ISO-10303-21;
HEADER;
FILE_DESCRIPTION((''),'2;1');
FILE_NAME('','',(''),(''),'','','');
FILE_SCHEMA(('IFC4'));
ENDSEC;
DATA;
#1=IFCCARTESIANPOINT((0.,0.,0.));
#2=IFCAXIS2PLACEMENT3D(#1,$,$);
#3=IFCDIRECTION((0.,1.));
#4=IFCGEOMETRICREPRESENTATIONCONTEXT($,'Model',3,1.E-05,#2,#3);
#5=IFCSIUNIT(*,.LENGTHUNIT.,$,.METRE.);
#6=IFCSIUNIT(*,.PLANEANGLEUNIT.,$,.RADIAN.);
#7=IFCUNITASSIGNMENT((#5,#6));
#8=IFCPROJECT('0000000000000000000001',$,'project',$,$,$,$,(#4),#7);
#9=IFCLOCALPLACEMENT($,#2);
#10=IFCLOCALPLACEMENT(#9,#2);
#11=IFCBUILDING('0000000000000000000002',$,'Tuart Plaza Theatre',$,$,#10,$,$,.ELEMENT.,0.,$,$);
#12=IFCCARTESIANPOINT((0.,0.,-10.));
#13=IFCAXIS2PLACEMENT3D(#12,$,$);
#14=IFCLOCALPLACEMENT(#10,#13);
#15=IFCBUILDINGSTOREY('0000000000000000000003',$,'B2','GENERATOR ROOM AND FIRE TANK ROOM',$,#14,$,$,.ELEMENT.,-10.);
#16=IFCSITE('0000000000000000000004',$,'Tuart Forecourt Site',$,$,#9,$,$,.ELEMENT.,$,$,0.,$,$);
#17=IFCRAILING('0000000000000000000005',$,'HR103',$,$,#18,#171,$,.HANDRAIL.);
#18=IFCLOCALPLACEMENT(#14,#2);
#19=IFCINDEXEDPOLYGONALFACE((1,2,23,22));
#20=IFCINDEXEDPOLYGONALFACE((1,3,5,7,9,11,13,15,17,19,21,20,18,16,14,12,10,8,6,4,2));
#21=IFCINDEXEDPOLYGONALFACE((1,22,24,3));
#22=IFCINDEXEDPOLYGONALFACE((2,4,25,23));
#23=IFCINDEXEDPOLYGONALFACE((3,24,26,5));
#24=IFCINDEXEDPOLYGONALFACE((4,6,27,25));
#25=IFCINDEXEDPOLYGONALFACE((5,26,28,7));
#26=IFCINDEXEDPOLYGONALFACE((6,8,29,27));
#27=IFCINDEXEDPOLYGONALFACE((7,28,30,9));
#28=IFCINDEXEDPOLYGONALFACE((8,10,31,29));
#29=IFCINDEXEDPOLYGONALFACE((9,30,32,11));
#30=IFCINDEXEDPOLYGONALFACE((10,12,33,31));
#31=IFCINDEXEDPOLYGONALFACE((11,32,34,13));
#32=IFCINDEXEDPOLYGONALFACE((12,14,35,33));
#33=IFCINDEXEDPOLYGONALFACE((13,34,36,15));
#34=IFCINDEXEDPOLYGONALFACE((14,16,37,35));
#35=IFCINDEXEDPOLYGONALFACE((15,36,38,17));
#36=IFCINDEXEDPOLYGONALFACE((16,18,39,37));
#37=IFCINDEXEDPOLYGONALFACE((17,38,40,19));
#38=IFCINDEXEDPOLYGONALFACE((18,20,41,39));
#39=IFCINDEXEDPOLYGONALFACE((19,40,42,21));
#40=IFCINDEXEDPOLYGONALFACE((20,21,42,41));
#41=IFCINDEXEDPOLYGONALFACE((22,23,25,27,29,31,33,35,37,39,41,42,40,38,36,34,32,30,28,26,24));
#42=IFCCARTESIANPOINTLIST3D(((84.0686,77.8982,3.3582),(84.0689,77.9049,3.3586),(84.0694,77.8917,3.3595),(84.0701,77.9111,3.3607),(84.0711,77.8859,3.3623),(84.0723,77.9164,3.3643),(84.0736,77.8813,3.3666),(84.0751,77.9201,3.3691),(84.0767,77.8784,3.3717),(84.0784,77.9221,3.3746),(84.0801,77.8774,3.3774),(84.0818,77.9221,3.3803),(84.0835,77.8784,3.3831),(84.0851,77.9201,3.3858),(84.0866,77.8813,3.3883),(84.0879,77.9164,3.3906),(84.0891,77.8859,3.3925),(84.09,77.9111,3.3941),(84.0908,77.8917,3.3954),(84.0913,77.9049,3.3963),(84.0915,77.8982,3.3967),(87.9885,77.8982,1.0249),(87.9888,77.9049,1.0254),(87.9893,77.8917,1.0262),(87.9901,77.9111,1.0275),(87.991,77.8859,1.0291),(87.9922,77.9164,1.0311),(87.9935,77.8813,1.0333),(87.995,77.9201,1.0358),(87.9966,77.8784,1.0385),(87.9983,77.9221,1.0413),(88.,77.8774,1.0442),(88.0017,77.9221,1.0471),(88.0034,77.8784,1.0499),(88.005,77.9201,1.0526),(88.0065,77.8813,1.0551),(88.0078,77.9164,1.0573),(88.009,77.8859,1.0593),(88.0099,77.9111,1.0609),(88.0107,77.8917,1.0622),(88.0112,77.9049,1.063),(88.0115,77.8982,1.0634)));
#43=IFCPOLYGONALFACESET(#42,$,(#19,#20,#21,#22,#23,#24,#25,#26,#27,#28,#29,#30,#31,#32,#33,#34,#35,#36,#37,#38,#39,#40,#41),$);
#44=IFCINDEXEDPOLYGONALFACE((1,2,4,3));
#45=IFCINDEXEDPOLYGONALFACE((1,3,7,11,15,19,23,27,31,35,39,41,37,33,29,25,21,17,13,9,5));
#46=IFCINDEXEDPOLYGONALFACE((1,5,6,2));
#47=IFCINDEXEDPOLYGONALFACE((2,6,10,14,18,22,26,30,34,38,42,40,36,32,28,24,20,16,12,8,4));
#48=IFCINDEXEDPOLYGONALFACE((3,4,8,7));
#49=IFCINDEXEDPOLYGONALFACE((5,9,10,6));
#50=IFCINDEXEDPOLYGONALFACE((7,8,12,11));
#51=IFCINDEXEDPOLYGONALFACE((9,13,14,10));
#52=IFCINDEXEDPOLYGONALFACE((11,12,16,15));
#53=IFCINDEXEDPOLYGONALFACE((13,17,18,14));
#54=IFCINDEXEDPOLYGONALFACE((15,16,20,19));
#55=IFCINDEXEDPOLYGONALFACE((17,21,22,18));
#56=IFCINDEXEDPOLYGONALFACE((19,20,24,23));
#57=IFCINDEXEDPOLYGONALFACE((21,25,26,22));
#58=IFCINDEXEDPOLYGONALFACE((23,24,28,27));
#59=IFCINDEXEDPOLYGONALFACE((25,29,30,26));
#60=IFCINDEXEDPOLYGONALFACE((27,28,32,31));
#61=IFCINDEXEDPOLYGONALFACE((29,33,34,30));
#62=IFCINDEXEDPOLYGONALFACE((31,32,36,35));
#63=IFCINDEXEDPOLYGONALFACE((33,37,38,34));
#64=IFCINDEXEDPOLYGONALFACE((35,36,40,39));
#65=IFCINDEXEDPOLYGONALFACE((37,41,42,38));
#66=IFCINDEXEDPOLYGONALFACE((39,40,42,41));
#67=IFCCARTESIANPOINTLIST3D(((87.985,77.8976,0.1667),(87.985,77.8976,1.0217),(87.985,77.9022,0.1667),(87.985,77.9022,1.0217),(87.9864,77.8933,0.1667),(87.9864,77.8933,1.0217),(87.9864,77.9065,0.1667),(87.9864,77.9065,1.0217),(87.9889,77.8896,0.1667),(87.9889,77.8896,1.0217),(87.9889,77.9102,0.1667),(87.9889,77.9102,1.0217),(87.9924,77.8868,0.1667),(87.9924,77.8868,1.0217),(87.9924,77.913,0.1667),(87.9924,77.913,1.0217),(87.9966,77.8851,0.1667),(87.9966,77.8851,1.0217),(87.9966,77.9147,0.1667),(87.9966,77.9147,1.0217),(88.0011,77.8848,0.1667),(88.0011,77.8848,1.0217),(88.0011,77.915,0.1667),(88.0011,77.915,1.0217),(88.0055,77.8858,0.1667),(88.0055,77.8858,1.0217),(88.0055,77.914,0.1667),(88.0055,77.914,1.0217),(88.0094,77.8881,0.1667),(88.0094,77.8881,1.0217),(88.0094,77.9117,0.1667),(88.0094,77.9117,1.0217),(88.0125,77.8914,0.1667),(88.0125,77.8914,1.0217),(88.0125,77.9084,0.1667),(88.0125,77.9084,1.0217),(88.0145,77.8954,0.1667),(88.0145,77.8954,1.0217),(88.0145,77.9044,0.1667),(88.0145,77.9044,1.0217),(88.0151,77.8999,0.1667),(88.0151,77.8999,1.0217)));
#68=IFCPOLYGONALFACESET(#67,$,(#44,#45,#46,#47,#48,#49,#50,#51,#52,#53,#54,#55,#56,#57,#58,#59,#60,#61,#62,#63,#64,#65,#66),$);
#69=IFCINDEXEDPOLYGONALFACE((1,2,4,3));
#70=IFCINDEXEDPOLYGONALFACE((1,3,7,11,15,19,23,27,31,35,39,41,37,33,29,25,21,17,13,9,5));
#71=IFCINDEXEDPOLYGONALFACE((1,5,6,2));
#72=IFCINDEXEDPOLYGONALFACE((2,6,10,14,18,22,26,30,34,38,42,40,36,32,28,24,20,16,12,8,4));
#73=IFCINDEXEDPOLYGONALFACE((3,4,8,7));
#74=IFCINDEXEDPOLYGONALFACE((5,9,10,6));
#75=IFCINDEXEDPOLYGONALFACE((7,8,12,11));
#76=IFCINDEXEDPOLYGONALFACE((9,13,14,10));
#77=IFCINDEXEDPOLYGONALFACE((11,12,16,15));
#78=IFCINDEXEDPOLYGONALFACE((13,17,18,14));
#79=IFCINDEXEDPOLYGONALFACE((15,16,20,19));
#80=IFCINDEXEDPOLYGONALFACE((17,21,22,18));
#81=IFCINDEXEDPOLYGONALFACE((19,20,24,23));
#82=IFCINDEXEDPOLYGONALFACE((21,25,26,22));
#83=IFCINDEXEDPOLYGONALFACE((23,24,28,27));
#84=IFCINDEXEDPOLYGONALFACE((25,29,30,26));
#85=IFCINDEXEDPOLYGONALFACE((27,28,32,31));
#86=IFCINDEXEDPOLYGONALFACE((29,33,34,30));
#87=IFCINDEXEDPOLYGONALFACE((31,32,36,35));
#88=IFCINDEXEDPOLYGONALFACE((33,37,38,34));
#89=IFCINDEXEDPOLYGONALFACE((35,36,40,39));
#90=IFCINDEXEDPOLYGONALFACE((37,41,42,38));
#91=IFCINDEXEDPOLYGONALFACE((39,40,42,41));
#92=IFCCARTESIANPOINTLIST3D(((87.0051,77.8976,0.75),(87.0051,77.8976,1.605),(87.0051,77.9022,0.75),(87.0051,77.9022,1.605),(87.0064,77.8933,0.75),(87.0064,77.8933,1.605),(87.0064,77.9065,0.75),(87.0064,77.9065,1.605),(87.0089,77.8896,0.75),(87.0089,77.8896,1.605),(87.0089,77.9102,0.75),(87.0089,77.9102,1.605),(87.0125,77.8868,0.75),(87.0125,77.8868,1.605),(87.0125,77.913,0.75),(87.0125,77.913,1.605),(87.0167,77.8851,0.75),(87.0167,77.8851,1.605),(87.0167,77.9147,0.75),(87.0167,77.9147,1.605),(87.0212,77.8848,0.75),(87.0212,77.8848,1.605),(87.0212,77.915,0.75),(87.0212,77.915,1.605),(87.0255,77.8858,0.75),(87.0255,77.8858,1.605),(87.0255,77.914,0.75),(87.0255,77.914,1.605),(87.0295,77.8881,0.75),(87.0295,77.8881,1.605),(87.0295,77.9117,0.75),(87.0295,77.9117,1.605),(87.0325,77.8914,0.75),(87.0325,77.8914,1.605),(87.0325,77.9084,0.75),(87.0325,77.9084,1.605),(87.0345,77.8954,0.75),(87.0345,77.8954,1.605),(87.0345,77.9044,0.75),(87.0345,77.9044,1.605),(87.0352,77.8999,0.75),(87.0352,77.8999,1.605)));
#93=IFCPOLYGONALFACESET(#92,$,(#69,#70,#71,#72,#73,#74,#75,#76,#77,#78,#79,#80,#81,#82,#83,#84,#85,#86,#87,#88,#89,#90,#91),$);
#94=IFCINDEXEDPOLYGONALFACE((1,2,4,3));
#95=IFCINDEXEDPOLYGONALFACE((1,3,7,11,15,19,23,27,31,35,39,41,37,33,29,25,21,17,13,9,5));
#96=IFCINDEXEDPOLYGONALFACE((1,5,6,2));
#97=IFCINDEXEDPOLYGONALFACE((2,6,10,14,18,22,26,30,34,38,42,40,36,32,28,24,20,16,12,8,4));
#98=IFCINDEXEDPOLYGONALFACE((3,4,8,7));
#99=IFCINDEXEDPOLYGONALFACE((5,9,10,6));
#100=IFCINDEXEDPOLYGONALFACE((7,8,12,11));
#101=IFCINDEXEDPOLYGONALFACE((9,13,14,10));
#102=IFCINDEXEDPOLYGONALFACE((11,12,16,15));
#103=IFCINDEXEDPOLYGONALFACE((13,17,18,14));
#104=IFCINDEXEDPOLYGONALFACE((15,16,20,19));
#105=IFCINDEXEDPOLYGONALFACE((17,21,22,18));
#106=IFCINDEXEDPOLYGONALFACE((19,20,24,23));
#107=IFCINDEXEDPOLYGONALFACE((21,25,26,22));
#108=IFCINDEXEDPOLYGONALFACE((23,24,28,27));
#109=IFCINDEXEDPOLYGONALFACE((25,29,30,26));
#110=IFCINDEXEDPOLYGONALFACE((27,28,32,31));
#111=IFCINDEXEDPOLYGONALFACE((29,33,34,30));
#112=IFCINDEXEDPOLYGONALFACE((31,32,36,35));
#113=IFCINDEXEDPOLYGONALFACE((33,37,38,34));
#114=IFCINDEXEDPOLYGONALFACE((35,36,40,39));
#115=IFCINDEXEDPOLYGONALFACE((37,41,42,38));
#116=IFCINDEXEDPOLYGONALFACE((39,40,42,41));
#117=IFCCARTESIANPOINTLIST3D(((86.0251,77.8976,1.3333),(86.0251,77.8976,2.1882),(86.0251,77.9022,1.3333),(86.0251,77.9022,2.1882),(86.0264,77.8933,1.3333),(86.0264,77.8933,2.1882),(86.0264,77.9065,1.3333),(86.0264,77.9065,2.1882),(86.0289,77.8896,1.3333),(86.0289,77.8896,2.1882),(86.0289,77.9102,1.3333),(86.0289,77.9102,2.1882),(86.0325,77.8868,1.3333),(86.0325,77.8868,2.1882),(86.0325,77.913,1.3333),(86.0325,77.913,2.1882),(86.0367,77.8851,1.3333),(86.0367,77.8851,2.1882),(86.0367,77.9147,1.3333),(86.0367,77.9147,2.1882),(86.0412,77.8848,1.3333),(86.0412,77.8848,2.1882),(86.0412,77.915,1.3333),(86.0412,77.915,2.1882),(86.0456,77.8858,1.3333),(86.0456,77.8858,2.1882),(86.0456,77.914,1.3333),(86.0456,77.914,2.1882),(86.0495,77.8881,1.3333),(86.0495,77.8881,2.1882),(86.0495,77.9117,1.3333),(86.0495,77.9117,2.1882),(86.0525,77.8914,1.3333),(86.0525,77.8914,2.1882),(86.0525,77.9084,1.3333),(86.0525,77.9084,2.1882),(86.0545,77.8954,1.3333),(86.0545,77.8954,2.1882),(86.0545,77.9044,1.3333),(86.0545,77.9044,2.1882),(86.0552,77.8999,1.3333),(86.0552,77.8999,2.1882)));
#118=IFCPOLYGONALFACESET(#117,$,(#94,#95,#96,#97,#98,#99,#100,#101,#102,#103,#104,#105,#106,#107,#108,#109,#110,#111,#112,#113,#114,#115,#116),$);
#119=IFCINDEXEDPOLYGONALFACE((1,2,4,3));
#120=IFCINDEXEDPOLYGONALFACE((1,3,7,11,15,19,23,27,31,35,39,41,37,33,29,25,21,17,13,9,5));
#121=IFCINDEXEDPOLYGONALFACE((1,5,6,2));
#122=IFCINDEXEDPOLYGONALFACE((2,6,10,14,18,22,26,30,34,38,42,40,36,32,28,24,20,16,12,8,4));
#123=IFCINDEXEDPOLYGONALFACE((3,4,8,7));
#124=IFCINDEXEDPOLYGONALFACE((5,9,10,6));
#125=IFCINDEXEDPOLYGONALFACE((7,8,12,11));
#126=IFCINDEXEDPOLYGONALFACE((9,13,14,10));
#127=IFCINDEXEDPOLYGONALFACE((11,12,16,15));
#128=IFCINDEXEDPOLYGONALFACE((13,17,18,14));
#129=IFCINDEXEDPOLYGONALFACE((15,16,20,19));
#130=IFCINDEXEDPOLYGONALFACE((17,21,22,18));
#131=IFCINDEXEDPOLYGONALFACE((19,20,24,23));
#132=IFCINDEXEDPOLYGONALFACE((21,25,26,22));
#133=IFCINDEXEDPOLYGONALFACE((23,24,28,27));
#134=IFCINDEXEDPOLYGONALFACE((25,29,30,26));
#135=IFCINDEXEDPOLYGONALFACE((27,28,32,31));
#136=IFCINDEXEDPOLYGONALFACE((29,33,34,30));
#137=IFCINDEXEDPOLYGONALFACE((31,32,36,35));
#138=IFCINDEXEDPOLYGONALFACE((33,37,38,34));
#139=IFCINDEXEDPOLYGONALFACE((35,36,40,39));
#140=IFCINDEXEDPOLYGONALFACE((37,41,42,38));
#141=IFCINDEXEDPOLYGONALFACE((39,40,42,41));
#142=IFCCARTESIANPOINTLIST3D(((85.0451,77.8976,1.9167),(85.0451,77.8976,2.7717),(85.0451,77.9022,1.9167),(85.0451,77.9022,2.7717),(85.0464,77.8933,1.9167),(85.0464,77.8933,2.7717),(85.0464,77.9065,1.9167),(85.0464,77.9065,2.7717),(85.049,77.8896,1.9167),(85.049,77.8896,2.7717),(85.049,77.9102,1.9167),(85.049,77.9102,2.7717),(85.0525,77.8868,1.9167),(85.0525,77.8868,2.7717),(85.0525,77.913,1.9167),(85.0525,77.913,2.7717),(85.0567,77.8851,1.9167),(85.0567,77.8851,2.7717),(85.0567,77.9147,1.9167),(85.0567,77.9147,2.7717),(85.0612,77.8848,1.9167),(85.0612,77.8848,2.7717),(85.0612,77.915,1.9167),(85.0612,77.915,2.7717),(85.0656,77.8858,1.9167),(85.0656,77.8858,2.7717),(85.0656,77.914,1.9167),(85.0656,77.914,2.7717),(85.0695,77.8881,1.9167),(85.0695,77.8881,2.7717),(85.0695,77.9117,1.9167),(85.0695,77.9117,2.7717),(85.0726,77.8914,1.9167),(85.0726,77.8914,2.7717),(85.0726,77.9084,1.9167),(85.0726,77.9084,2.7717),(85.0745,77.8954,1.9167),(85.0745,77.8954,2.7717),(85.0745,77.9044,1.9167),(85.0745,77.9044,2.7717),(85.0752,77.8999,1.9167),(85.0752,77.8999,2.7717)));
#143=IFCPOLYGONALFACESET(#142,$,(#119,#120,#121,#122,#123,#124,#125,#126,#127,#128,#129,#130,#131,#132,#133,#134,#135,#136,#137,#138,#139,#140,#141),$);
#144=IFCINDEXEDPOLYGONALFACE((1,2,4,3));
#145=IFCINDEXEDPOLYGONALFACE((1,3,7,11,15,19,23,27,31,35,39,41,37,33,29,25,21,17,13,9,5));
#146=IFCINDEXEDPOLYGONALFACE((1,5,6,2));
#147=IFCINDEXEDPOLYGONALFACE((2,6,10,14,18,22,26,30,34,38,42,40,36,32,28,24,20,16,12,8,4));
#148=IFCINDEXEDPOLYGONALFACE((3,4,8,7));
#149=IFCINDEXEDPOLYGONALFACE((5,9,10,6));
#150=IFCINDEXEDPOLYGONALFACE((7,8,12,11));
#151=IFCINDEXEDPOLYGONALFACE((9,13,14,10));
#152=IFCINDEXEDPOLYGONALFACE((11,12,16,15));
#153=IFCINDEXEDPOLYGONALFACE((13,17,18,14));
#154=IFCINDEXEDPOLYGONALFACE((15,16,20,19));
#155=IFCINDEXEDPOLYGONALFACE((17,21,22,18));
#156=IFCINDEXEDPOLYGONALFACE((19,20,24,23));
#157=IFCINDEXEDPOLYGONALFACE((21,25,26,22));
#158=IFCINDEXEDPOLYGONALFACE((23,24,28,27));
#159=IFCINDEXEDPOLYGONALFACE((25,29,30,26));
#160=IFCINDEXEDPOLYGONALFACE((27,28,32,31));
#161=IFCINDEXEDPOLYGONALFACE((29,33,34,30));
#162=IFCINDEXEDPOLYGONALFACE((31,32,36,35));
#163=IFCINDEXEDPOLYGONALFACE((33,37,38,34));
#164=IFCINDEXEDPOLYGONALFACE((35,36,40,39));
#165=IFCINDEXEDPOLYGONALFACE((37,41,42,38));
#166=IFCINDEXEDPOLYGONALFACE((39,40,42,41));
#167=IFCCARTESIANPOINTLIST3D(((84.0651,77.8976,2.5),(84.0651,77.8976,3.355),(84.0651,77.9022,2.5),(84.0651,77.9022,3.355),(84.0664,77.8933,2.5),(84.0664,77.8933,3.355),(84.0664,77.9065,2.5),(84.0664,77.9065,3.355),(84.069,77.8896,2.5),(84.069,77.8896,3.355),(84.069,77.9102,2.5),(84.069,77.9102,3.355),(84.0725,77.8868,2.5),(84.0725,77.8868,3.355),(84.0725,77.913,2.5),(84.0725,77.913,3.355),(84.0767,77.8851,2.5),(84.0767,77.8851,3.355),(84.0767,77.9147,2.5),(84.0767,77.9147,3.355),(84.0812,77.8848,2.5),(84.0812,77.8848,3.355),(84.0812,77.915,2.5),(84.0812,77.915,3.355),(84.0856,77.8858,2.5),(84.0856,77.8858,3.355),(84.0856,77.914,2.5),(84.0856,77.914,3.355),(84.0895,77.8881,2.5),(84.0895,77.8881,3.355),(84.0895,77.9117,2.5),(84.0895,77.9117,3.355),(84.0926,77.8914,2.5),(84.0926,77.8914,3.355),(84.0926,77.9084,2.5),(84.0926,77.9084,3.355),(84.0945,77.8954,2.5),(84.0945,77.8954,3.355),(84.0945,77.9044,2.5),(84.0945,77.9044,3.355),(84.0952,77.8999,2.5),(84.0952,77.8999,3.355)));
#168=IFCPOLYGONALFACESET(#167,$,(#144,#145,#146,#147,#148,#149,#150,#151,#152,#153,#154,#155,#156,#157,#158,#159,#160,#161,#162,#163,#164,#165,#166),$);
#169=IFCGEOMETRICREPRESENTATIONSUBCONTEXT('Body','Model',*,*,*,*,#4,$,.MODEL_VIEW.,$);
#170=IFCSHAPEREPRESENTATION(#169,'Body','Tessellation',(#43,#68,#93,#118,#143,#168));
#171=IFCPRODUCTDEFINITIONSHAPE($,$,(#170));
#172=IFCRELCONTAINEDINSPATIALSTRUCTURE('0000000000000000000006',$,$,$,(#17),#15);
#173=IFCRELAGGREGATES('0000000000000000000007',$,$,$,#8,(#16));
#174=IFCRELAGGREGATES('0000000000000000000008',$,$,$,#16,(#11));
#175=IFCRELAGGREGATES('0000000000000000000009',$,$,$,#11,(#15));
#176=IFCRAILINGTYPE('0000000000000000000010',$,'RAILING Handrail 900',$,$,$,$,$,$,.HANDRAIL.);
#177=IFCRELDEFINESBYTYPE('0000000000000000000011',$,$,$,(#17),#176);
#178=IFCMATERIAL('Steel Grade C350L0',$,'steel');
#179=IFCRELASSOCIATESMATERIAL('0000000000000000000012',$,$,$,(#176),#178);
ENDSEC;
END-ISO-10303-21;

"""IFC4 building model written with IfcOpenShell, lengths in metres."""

from ifc_helpers import new_model, si_unit, direction, frame, origin, origin_2d, place, context, subcontext, project, spatial, circle, extrude, material, type_object, element, save


model = new_model("IFC4")

# Units and contexts
model_context = context("Model", 3, precision=1e-05, world=origin(), true_north=direction((0.0, 1.0)))
body_context = subcontext(model_context, "Body", "Model", "MODEL_VIEW")
ifc_project = project(units=[si_unit("LENGTHUNIT", "METRE"), si_unit("PLANEANGLEUNIT", "RADIAN")], contexts=[model_context])

# Site, building, storey
site_placement = place(None, origin())
site = spatial("IfcSite", under=ifc_project, at=site_placement, Name="Tuart Forecourt Site", CompositionType="ELEMENT", RefElevation=0.0)
building_placement = place(site_placement, origin())
building = spatial("IfcBuilding", under=site, at=building_placement, Name="Tuart Plaza Theatre", CompositionType="ELEMENT", ElevationOfRefHeight=0.0)
storey_placement = place(building_placement, frame((0.0, 0.0, -10.0)))
storey = spatial("IfcBuildingStorey", under=building, at=storey_placement, Name="B2", Description="GENERATOR ROOM AND FIRE TANK ROOM", CompositionType="ELEMENT", Elevation=-10.0)

# Railing
ifc_material_1 = material(Name="Steel Grade C350L0", Category="steel")
railing_type = type_object("IfcRailingType", Name="RAILING Handrail 900", PredefinedType="HANDRAIL", material=ifc_material_1)
railing_placement = place(storey_placement, frame((88.0, 77.8999, 0.1667)))
element("IfcRailing", 1, at=railing_placement, inside=storey, type_object=railing_type, Name="HR103", PredefinedType="HANDRAIL", context=body_context, shape_type="SweptSolid", body=[
    extrude(circle(Radius=0.0225, at=origin_2d()), frame((0.0, 0.0, 0.8774), z_axis=(-0.859296, 0.0, 0.511478), x_axis=(0.0, -1.0, 0.0)), (0.0, 0.0, 1.0), 4.5618),
    extrude(circle(Radius=0.0151, at=origin_2d()), origin(), (0.0, 0.0, 1.0), 0.855),
    extrude(circle(Radius=0.0151, at=origin_2d()), frame((-0.98, 0.0, 0.5833)), (0.0, 0.0, 1.0), 0.855),
    extrude(circle(Radius=0.0151, at=origin_2d()), frame((-1.96, 0.0, 1.1665)), (0.0, 0.0, 1.0), 0.855),
    extrude(circle(Radius=0.0151, at=origin_2d()), frame((-2.9399, 0.0, 1.75)), (0.0, 0.0, 1.0), 0.855),
    extrude(circle(Radius=0.0151, at=origin_2d()), frame((-3.9199, 0.0, 2.3333)), (0.0, 0.0, 1.0), 0.855),
])

save(model, "model.ifc")
